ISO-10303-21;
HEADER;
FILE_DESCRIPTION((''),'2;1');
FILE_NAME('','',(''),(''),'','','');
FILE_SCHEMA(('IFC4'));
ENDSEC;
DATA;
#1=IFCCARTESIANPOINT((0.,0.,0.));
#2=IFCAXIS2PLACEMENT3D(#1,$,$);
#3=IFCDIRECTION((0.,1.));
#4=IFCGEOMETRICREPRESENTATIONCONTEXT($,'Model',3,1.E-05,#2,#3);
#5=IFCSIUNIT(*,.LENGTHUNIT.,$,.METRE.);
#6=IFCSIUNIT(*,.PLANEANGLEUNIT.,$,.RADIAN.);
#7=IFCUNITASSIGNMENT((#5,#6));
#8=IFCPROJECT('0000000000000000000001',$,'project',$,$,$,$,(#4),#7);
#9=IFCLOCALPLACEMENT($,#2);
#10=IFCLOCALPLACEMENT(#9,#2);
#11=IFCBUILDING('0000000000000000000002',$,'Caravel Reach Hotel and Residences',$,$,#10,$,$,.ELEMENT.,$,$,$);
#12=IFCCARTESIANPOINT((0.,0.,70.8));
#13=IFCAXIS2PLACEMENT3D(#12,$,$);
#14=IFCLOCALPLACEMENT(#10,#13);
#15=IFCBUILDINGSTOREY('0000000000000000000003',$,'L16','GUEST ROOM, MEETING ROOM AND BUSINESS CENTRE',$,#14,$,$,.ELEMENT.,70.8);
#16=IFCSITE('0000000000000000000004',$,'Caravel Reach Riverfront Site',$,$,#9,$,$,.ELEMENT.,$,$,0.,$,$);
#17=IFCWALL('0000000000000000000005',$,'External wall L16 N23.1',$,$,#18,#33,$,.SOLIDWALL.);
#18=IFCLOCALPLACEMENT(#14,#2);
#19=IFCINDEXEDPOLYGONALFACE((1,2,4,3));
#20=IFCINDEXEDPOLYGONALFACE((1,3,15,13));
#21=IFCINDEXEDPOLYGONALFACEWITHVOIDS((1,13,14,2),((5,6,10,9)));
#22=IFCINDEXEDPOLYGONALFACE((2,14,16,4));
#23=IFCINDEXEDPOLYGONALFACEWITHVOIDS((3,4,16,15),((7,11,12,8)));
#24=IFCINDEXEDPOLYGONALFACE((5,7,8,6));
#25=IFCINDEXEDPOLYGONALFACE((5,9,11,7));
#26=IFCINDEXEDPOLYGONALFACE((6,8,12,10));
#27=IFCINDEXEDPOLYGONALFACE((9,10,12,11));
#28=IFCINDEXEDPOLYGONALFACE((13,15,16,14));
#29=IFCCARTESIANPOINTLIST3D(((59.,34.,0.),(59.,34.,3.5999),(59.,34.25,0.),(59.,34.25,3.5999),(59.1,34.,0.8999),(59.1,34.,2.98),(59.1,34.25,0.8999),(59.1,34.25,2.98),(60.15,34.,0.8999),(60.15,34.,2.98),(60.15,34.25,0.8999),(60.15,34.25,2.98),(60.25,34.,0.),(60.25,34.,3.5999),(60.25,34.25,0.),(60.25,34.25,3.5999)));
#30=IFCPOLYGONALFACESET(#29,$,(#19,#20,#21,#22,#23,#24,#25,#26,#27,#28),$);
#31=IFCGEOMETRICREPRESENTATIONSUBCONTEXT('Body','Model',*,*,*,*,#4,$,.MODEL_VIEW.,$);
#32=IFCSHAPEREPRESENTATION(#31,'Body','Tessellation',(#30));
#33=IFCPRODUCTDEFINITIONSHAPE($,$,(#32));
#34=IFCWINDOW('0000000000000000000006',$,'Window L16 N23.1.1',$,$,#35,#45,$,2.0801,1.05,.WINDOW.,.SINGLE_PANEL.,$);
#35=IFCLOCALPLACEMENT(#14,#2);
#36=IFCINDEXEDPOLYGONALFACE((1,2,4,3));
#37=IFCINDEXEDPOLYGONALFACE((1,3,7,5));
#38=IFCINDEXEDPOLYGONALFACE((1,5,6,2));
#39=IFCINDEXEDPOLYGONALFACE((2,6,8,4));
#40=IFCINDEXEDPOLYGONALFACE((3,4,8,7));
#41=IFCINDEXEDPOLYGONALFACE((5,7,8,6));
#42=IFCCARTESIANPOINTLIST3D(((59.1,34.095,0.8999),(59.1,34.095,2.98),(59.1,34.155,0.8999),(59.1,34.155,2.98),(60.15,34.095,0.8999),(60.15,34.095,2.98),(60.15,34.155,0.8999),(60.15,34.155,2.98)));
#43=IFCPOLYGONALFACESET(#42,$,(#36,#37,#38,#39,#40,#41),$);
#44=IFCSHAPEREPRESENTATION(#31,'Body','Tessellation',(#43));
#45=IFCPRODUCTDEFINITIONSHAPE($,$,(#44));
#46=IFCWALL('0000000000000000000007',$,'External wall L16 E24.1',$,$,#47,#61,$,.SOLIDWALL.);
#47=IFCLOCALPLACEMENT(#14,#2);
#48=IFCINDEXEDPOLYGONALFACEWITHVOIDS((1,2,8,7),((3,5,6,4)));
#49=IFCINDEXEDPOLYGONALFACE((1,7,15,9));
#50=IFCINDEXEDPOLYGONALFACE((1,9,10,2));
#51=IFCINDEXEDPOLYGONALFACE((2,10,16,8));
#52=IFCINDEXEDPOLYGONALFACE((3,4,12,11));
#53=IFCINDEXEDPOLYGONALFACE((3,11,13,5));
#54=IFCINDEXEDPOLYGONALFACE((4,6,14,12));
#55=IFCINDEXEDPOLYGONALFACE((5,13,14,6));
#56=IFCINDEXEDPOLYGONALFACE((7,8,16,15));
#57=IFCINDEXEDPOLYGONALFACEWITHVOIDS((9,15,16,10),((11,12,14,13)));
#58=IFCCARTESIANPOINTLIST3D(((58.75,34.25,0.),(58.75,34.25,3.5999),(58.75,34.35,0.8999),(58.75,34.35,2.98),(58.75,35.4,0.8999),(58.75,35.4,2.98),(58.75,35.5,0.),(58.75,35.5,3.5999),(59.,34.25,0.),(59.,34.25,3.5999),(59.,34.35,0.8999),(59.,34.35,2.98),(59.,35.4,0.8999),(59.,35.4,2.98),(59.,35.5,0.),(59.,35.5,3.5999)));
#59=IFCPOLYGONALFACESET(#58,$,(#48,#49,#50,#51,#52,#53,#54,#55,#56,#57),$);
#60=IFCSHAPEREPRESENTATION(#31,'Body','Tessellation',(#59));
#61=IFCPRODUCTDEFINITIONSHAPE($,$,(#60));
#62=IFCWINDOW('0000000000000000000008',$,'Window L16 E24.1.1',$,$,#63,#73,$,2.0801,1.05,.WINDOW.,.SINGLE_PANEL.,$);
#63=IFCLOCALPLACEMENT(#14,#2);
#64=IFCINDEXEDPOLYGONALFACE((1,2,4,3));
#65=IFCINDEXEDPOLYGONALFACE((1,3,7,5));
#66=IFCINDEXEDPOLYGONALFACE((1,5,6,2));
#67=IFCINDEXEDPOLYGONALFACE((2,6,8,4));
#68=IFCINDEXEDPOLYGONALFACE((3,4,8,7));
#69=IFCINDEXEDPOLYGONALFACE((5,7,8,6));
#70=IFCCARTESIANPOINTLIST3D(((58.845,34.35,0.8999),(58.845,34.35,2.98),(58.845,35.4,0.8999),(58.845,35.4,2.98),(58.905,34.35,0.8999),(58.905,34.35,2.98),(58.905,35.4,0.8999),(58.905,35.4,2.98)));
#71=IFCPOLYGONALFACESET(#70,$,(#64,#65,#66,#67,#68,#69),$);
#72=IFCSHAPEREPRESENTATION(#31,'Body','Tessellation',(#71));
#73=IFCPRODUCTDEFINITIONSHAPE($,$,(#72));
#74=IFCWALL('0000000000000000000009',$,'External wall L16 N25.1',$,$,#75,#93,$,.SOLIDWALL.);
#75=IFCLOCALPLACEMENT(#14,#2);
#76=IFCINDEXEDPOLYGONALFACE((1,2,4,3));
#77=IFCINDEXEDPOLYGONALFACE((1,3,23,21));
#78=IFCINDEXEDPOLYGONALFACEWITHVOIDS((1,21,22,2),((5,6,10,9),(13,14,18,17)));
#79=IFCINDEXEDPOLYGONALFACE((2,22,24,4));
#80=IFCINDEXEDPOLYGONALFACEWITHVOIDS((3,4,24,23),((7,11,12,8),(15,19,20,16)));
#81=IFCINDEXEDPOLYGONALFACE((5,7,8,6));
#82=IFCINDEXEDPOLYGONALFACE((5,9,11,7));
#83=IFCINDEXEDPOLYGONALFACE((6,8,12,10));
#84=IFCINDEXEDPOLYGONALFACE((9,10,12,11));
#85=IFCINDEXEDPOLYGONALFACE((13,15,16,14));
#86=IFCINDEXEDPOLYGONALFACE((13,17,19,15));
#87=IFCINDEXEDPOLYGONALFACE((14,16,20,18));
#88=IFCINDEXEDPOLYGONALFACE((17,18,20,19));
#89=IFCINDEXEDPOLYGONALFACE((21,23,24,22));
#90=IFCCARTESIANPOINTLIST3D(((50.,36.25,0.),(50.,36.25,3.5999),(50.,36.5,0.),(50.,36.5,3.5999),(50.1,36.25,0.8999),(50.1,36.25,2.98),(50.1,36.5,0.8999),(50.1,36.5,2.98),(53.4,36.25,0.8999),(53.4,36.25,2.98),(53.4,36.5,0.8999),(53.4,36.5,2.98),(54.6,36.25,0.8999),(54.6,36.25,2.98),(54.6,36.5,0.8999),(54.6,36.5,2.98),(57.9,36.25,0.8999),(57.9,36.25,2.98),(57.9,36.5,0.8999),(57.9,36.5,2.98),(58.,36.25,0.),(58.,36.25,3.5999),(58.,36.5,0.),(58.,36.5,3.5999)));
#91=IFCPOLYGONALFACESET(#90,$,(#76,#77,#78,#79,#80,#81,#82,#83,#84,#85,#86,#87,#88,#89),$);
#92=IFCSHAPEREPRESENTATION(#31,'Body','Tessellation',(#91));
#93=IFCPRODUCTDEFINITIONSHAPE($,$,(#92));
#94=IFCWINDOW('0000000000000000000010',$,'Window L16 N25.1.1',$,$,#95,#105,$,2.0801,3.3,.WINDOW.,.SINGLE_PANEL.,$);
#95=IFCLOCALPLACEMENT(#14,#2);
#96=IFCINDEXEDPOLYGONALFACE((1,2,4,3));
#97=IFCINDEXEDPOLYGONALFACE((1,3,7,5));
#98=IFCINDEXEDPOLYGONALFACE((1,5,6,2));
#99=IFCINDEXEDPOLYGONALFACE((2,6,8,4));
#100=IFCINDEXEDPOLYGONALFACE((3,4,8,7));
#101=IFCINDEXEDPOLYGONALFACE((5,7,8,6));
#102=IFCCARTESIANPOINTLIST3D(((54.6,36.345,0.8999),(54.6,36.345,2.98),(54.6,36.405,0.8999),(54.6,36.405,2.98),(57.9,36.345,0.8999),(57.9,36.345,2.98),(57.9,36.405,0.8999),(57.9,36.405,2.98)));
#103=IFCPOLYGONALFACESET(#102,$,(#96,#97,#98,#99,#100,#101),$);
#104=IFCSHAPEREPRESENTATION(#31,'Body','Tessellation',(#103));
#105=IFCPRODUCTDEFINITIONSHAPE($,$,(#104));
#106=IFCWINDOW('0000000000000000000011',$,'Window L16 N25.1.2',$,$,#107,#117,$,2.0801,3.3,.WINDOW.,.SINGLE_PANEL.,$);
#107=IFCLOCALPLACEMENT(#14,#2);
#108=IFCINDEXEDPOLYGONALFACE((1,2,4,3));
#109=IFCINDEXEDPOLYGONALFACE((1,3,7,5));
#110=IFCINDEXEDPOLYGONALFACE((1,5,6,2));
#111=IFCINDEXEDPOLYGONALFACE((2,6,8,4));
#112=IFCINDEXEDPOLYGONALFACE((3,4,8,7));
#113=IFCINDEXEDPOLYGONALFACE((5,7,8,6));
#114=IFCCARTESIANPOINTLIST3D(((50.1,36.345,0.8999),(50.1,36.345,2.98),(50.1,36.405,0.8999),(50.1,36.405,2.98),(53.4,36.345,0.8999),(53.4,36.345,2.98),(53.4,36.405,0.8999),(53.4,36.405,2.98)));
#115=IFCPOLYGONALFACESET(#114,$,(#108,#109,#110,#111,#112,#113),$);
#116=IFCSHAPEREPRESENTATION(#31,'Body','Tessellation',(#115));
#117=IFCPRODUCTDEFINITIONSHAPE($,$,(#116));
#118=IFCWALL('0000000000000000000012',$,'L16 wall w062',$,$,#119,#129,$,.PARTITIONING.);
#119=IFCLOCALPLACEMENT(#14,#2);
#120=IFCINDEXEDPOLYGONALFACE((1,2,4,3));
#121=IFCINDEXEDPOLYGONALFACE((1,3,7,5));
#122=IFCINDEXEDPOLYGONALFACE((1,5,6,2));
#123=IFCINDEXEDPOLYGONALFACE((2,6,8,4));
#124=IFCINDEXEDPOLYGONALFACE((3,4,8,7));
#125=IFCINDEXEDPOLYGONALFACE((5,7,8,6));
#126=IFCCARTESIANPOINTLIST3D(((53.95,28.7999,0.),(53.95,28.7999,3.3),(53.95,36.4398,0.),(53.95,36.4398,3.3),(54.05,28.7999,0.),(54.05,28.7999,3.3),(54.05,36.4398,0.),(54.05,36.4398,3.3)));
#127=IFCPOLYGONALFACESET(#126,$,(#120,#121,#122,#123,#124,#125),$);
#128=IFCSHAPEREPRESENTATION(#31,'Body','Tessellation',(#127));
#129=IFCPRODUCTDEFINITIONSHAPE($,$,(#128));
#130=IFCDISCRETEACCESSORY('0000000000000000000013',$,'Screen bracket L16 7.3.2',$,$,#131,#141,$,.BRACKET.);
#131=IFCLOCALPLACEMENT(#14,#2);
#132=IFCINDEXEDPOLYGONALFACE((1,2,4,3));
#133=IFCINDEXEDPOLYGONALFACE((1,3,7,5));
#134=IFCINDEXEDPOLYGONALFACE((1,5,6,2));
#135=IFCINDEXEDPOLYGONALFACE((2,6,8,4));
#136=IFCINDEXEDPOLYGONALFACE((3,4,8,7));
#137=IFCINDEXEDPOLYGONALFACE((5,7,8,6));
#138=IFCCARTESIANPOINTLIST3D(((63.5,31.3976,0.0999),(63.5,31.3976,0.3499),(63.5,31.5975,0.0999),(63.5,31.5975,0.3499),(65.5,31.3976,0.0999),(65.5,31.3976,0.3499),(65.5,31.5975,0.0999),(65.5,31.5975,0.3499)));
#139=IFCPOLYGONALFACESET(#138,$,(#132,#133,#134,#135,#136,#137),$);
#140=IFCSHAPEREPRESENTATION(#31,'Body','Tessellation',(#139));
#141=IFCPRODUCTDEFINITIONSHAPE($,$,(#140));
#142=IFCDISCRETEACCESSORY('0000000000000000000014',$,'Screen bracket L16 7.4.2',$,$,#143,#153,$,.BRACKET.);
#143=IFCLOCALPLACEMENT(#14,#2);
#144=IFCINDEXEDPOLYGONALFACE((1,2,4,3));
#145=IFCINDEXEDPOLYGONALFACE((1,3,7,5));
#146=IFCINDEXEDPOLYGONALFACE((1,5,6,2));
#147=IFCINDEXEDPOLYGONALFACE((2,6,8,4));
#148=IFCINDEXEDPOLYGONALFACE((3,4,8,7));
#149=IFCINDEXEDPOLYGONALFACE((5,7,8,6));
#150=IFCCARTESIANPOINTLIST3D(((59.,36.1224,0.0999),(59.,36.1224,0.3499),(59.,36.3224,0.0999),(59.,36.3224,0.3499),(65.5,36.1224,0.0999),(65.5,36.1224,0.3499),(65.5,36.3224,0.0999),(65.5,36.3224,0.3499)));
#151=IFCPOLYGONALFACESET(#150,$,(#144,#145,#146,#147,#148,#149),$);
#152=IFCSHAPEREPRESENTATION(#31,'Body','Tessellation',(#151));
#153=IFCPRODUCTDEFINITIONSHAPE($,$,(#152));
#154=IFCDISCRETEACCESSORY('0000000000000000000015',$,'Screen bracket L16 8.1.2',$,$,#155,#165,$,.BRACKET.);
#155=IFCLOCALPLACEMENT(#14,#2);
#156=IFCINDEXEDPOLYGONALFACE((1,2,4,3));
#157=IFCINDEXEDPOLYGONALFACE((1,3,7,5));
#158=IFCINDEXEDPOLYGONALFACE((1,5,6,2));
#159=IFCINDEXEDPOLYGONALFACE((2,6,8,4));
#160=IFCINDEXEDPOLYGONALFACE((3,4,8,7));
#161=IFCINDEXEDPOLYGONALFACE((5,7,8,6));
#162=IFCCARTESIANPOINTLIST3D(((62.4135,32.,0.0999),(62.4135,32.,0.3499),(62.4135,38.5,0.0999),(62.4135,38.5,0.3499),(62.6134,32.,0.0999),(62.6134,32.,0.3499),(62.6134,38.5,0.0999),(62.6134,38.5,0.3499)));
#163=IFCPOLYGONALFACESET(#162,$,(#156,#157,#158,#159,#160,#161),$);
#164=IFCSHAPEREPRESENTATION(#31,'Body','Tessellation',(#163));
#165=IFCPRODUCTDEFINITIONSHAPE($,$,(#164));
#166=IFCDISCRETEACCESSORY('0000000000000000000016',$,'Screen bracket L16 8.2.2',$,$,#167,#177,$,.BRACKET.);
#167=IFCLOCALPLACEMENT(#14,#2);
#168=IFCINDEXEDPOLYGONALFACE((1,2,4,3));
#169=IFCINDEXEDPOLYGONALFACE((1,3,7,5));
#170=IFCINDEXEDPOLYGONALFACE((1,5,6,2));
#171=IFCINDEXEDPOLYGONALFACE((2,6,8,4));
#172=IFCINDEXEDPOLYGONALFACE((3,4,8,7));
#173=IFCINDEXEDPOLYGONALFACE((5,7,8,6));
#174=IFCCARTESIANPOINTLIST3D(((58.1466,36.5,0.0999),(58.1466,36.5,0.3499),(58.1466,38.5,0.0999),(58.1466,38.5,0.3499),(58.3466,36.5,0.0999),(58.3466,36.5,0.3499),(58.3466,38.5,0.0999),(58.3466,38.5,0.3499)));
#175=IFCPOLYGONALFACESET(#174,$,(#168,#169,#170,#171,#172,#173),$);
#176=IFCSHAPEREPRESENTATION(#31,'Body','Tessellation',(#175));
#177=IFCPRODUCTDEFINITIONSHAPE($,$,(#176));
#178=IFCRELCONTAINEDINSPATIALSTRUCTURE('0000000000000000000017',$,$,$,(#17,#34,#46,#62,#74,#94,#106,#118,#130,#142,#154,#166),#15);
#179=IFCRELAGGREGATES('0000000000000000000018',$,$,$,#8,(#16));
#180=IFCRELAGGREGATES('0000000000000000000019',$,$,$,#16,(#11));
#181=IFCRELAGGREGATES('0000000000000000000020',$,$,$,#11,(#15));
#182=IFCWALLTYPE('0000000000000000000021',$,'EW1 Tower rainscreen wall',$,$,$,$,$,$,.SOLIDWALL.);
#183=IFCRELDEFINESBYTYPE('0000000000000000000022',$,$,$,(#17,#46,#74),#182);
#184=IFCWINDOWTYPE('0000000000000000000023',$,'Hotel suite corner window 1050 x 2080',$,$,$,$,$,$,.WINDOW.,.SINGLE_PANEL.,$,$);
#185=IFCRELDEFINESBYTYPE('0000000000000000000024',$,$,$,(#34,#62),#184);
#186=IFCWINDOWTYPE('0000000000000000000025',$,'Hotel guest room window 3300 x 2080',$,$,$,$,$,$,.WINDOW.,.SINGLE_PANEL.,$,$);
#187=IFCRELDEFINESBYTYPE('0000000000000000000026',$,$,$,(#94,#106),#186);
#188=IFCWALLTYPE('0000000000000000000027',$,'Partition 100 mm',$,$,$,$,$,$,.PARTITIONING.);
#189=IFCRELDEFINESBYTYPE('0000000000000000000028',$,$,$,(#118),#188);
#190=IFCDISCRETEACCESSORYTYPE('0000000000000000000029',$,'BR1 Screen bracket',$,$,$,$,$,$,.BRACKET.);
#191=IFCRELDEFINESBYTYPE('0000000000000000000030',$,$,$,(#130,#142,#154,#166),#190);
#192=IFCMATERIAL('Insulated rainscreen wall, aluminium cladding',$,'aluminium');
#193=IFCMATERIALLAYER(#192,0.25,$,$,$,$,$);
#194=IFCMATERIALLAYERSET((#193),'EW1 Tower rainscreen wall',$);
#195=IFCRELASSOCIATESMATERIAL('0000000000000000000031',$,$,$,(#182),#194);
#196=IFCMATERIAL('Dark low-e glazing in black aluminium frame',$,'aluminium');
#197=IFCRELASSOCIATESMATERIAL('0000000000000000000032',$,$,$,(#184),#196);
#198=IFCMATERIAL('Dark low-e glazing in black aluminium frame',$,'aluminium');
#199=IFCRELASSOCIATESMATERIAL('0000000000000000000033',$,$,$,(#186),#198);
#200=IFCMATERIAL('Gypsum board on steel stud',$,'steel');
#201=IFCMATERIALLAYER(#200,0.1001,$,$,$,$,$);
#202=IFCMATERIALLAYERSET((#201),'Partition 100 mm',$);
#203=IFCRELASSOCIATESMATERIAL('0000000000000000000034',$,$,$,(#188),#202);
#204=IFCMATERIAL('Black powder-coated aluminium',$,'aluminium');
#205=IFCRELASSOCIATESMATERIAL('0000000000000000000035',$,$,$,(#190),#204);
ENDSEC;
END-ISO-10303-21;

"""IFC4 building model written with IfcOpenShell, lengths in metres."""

from ifc_helpers import new_model, si_unit, direction, frame, frame_2d, origin, origin_2d, place, context, subcontext, project, spatial, rectangle, extrude, material, layer, layer_set, type_object, element, fill, save


model = new_model("IFC4")

# Units and contexts
model_context = context("Model", 3, precision=1e-05, world=origin(), true_north=direction((0.0, 1.0)))
body_context = subcontext(model_context, "Body", "Model", "MODEL_VIEW")
ifc_project = project(units=[si_unit("LENGTHUNIT", "METRE"), si_unit("PLANEANGLEUNIT", "RADIAN")], contexts=[model_context])

# Site, building, storey
site_placement = place(None, origin())
site = spatial("IfcSite", under=ifc_project, at=site_placement, Name="Caravel Reach Riverfront Site", CompositionType="ELEMENT", RefElevation=0.0)
building_placement = place(site_placement, origin())
building = spatial("IfcBuilding", under=site, at=building_placement, Name="Caravel Reach Hotel and Residences", CompositionType="ELEMENT")
storey_placement = place(building_placement, frame((0.0, 0.0, 70.8)))
storey = spatial("IfcBuildingStorey", under=building, at=storey_placement, Name="L16", Description="GUEST ROOM, MEETING ROOM AND BUSINESS CENTRE", CompositionType="ELEMENT", Elevation=70.8)

# Walls, openings, windows
ifc_material_1 = material(Name="Insulated rainscreen wall, aluminium cladding", Category="aluminium")
ifc_layer_1 = layer(ifc_material_1, 0.25)
ifc_layer_set_1 = layer_set([ifc_layer_1], Name="EW1 Tower rainscreen wall")
wall_type_1 = type_object("IfcWallType", Name="EW1 Tower rainscreen wall", PredefinedType="SOLIDWALL", material=ifc_layer_set_1)
ifc_material_2 = material(Name="Dark low-e glazing in black aluminium frame", Category="aluminium")
window_type_1 = type_object("IfcWindowType", Name="Hotel suite corner window 1050 x 2080", PartitioningType="SINGLE_PANEL", PredefinedType="WINDOW", material=ifc_material_2)
wall_1_placement = place(storey_placement, frame((60.25, 34.125, 0.0), z_axis=(0.0, 0.0, 1.0), x_axis=(-1.0, 0.0, 0.0)))
wall_1 = element("IfcWall", 1, at=wall_1_placement, inside=storey, type_object=wall_type_1, Name="External wall L16 N23.1", PredefinedType="SOLIDWALL", context=body_context, shape_type="SweptSolid", body=[
    extrude(rectangle(XDim=1.25, YDim=0.25, at=frame_2d((0.625, 0.0))), origin(), (0.0, 0.0, 1.0), 3.5999),
])
opening_1_placement = place(wall_1_placement, frame((0.1001, 0.0, 0.8999)))
opening_1 = element("IfcOpeningElement", 2, at=opening_1_placement, cuts=wall_1, PredefinedType="OPENING", context=body_context, shape_type="SweptSolid", body=[
    extrude(rectangle(XDim=1.05, YDim=2.0801, at=frame_2d((0.5249, 1.04))), frame((0.0, 0.135, 0.0), z_axis=(0.0, -1.0, 0.0), x_axis=(1.0, 0.0, 0.0)), (0.0, 0.0, 1.0), 0.27),
])
window_1_placement = place(opening_1_placement, origin())
window_1 = element("IfcWindow", 3, at=window_1_placement, inside=storey, type_object=window_type_1, Name="Window L16 N23.1.1", OverallHeight=2.0801, OverallWidth=1.05, PartitioningType="SINGLE_PANEL", PredefinedType="WINDOW", context=body_context, shape_type="SweptSolid", body=[
    extrude(rectangle(XDim=1.05, YDim=2.0801, at=frame_2d((0.5249, 1.04))), frame((0.0, 0.03, 0.0), z_axis=(0.0, -1.0, 0.0), x_axis=(1.0, 0.0, 0.0)), (0.0, 0.0, 1.0), 0.0601),
])
fill(opening_1, window_1)
wall_2_placement = place(storey_placement, frame((58.875, 34.25, 0.0), z_axis=(0.0, 0.0, 1.0), x_axis=(0.0, 1.0, 0.0)))
wall_2 = element("IfcWall", 4, at=wall_2_placement, inside=storey, type_object=wall_type_1, Name="External wall L16 E24.1", PredefinedType="SOLIDWALL", context=body_context, shape_type="SweptSolid", body=[
    extrude(rectangle(XDim=1.25, YDim=0.25, at=frame_2d((0.625, 0.0))), origin(), (0.0, 0.0, 1.0), 3.5999),
])
opening_2_placement = place(wall_2_placement, frame((0.1001, 0.0, 0.8999)))
opening_2 = element("IfcOpeningElement", 5, at=opening_2_placement, cuts=wall_2, PredefinedType="OPENING", context=body_context, shape_type="SweptSolid", body=[
    extrude(rectangle(XDim=1.05, YDim=2.0801, at=frame_2d((0.5249, 1.04))), frame((0.0, 0.135, 0.0), z_axis=(0.0, -1.0, 0.0), x_axis=(1.0, 0.0, 0.0)), (0.0, 0.0, 1.0), 0.27),
])
window_2_placement = place(opening_2_placement, origin())
window_2 = element("IfcWindow", 6, at=window_2_placement, inside=storey, type_object=window_type_1, Name="Window L16 E24.1.1", OverallHeight=2.0801, OverallWidth=1.05, PartitioningType="SINGLE_PANEL", PredefinedType="WINDOW", context=body_context, shape_type="SweptSolid", body=[
    extrude(rectangle(XDim=1.05, YDim=2.0801, at=frame_2d((0.5249, 1.04))), frame((0.0, 0.03, 0.0), z_axis=(0.0, -1.0, 0.0), x_axis=(1.0, 0.0, 0.0)), (0.0, 0.0, 1.0), 0.0601),
])
fill(opening_2, window_2)

# Wall, openings, windows
wall_3_placement = place(storey_placement, frame((58.0, 36.375, 0.0), z_axis=(0.0, 0.0, 1.0), x_axis=(-1.0, 0.0, 0.0)))
wall_3 = element("IfcWall", 7, at=wall_3_placement, inside=storey, type_object=wall_type_1, Name="External wall L16 N25.1", PredefinedType="SOLIDWALL", context=body_context, shape_type="SweptSolid", body=[
    extrude(rectangle(XDim=8.0, YDim=0.25, at=frame_2d((4.0, 0.0))), origin(), (0.0, 0.0, 1.0), 3.5999),
])
opening_3_placement = place(wall_3_placement, frame((0.1001, 0.0, 0.8999)))
opening_3 = element("IfcOpeningElement", 8, at=opening_3_placement, cuts=wall_3, PredefinedType="OPENING", context=body_context, shape_type="SweptSolid", body=[
    extrude(rectangle(XDim=3.3, YDim=2.0801, at=frame_2d((1.6499, 1.04))), frame((0.0, 0.135, 0.0), z_axis=(0.0, -1.0, 0.0), x_axis=(1.0, 0.0, 0.0)), (0.0, 0.0, 1.0), 0.27),
])
opening_4_placement = place(wall_3_placement, frame((4.6001, 0.0, 0.8999)))
opening_4 = element("IfcOpeningElement", 9, at=opening_4_placement, cuts=wall_3, PredefinedType="OPENING", context=body_context, shape_type="SweptSolid", body=[
    extrude(rectangle(XDim=3.3, YDim=2.0801, at=frame_2d((1.6499, 1.04))), frame((0.0, 0.135, 0.0), z_axis=(0.0, -1.0, 0.0), x_axis=(1.0, 0.0, 0.0)), (0.0, 0.0, 1.0), 0.27),
])
ifc_material_3 = material(Name="Dark low-e glazing in black aluminium frame", Category="aluminium")
window_type_2 = type_object("IfcWindowType", Name="Hotel guest room window 3300 x 2080", PartitioningType="SINGLE_PANEL", PredefinedType="WINDOW", material=ifc_material_3)
window_3_placement = place(opening_3_placement, origin())
window_3 = element("IfcWindow", 10, at=window_3_placement, inside=storey, type_object=window_type_2, Name="Window L16 N25.1.1", OverallHeight=2.0801, OverallWidth=3.3, PartitioningType="SINGLE_PANEL", PredefinedType="WINDOW", context=body_context, shape_type="SweptSolid", body=[
    extrude(rectangle(XDim=3.3, YDim=2.0801, at=frame_2d((1.6499, 1.04))), frame((0.0, 0.03, 0.0), z_axis=(0.0, -1.0, 0.0), x_axis=(1.0, 0.0, 0.0)), (0.0, 0.0, 1.0), 0.0601),
])
fill(opening_3, window_3)
window_4_placement = place(opening_4_placement, origin())
window_4 = element("IfcWindow", 11, at=window_4_placement, inside=storey, type_object=window_type_2, Name="Window L16 N25.1.2", OverallHeight=2.0801, OverallWidth=3.3, PartitioningType="SINGLE_PANEL", PredefinedType="WINDOW", context=body_context, shape_type="SweptSolid", body=[
    extrude(rectangle(XDim=3.3, YDim=2.0801, at=frame_2d((1.6499, 1.04))), frame((0.0, 0.03, 0.0), z_axis=(0.0, -1.0, 0.0), x_axis=(1.0, 0.0, 0.0)), (0.0, 0.0, 1.0), 0.0601),
])
fill(opening_4, window_4)

# Wall
ifc_material_4 = material(Name="Gypsum board on steel stud", Category="steel")
ifc_layer_2 = layer(ifc_material_4, 0.1001)
ifc_layer_set_2 = layer_set([ifc_layer_2], Name="Partition 100 mm")
wall_type_2 = type_object("IfcWallType", Name="Partition 100 mm", PredefinedType="PARTITIONING", material=ifc_layer_set_2)
wall_4_placement = place(storey_placement, frame((54.0, 28.8, 0.0), z_axis=(0.0, 0.0, 1.0), x_axis=(0.0, 1.0, 0.0)))
element("IfcWall", 12, at=wall_4_placement, inside=storey, type_object=wall_type_2, Name="L16 wall w062", PredefinedType="PARTITIONING", context=body_context, shape_type="SweptSolid", body=[
    extrude(rectangle(XDim=7.6399, YDim=0.1001, at=frame_2d((3.8198, 0.0))), origin(), (0.0, 0.0, 1.0), 3.3),
])

# Discrete accessories
ifc_material_5 = material(Name="Black powder-coated aluminium", Category="aluminium")
discrete_accessory_type = type_object("IfcDiscreteAccessoryType", Name="BR1 Screen bracket", PredefinedType="BRACKET", material=ifc_material_5)
discrete_accessory_placement = place(storey_placement, frame((64.5, 31.4976, 0.0999), z_axis=(0.0, 0.0, 1.0), x_axis=(1.0, 0.0, 0.0)))
element("IfcDiscreteAccessory", 13, at=discrete_accessory_placement, inside=storey, type_object=discrete_accessory_type, Name="Screen bracket L16 7.3.2", PredefinedType="BRACKET", context=body_context, shape_type="SweptSolid", body=[
    extrude(rectangle(XDim=2.0, YDim=0.2, at=origin_2d()), origin(), (0.0, 0.0, 1.0), 0.25),
])
for number, where, z_axis, x_axis, name in (
    (14, (62.25, 36.2224, 0.0999), (0.0, 0.0, 1.0), (1.0, 0.0, 0.0), "Screen bracket L16 7.4.2"),
    (15, (62.5134, 35.25, 0.0999), (0.0, 0.0, 1.0), (0.0, 1.0, 0.0), "Screen bracket L16 8.1.2"),
):
    element("IfcDiscreteAccessory", number, at=place(storey_placement, frame(where, z_axis=z_axis, x_axis=x_axis)), inside=storey, type_object=discrete_accessory_type, Name=name, PredefinedType="BRACKET", context=body_context, shape_type="SweptSolid", body=[
        extrude(rectangle(XDim=6.5, YDim=0.2, at=origin_2d()), origin(), (0.0, 0.0, 1.0), 0.25),
    ])
for number, where, z_axis, x_axis, name in (
    (16, (58.2466, 37.5, 0.0999), (0.0, 0.0, 1.0), (0.0, 1.0, 0.0), "Screen bracket L16 8.2.2"),
):
    element("IfcDiscreteAccessory", number, at=place(storey_placement, frame(where, z_axis=z_axis, x_axis=x_axis)), inside=storey, type_object=discrete_accessory_type, Name=name, PredefinedType="BRACKET", context=body_context, shape_type="SweptSolid", body=[
        extrude(rectangle(XDim=2.0, YDim=0.2, at=origin_2d()), origin(), (0.0, 0.0, 1.0), 0.25),
    ])

save(model, "model.ifc")
